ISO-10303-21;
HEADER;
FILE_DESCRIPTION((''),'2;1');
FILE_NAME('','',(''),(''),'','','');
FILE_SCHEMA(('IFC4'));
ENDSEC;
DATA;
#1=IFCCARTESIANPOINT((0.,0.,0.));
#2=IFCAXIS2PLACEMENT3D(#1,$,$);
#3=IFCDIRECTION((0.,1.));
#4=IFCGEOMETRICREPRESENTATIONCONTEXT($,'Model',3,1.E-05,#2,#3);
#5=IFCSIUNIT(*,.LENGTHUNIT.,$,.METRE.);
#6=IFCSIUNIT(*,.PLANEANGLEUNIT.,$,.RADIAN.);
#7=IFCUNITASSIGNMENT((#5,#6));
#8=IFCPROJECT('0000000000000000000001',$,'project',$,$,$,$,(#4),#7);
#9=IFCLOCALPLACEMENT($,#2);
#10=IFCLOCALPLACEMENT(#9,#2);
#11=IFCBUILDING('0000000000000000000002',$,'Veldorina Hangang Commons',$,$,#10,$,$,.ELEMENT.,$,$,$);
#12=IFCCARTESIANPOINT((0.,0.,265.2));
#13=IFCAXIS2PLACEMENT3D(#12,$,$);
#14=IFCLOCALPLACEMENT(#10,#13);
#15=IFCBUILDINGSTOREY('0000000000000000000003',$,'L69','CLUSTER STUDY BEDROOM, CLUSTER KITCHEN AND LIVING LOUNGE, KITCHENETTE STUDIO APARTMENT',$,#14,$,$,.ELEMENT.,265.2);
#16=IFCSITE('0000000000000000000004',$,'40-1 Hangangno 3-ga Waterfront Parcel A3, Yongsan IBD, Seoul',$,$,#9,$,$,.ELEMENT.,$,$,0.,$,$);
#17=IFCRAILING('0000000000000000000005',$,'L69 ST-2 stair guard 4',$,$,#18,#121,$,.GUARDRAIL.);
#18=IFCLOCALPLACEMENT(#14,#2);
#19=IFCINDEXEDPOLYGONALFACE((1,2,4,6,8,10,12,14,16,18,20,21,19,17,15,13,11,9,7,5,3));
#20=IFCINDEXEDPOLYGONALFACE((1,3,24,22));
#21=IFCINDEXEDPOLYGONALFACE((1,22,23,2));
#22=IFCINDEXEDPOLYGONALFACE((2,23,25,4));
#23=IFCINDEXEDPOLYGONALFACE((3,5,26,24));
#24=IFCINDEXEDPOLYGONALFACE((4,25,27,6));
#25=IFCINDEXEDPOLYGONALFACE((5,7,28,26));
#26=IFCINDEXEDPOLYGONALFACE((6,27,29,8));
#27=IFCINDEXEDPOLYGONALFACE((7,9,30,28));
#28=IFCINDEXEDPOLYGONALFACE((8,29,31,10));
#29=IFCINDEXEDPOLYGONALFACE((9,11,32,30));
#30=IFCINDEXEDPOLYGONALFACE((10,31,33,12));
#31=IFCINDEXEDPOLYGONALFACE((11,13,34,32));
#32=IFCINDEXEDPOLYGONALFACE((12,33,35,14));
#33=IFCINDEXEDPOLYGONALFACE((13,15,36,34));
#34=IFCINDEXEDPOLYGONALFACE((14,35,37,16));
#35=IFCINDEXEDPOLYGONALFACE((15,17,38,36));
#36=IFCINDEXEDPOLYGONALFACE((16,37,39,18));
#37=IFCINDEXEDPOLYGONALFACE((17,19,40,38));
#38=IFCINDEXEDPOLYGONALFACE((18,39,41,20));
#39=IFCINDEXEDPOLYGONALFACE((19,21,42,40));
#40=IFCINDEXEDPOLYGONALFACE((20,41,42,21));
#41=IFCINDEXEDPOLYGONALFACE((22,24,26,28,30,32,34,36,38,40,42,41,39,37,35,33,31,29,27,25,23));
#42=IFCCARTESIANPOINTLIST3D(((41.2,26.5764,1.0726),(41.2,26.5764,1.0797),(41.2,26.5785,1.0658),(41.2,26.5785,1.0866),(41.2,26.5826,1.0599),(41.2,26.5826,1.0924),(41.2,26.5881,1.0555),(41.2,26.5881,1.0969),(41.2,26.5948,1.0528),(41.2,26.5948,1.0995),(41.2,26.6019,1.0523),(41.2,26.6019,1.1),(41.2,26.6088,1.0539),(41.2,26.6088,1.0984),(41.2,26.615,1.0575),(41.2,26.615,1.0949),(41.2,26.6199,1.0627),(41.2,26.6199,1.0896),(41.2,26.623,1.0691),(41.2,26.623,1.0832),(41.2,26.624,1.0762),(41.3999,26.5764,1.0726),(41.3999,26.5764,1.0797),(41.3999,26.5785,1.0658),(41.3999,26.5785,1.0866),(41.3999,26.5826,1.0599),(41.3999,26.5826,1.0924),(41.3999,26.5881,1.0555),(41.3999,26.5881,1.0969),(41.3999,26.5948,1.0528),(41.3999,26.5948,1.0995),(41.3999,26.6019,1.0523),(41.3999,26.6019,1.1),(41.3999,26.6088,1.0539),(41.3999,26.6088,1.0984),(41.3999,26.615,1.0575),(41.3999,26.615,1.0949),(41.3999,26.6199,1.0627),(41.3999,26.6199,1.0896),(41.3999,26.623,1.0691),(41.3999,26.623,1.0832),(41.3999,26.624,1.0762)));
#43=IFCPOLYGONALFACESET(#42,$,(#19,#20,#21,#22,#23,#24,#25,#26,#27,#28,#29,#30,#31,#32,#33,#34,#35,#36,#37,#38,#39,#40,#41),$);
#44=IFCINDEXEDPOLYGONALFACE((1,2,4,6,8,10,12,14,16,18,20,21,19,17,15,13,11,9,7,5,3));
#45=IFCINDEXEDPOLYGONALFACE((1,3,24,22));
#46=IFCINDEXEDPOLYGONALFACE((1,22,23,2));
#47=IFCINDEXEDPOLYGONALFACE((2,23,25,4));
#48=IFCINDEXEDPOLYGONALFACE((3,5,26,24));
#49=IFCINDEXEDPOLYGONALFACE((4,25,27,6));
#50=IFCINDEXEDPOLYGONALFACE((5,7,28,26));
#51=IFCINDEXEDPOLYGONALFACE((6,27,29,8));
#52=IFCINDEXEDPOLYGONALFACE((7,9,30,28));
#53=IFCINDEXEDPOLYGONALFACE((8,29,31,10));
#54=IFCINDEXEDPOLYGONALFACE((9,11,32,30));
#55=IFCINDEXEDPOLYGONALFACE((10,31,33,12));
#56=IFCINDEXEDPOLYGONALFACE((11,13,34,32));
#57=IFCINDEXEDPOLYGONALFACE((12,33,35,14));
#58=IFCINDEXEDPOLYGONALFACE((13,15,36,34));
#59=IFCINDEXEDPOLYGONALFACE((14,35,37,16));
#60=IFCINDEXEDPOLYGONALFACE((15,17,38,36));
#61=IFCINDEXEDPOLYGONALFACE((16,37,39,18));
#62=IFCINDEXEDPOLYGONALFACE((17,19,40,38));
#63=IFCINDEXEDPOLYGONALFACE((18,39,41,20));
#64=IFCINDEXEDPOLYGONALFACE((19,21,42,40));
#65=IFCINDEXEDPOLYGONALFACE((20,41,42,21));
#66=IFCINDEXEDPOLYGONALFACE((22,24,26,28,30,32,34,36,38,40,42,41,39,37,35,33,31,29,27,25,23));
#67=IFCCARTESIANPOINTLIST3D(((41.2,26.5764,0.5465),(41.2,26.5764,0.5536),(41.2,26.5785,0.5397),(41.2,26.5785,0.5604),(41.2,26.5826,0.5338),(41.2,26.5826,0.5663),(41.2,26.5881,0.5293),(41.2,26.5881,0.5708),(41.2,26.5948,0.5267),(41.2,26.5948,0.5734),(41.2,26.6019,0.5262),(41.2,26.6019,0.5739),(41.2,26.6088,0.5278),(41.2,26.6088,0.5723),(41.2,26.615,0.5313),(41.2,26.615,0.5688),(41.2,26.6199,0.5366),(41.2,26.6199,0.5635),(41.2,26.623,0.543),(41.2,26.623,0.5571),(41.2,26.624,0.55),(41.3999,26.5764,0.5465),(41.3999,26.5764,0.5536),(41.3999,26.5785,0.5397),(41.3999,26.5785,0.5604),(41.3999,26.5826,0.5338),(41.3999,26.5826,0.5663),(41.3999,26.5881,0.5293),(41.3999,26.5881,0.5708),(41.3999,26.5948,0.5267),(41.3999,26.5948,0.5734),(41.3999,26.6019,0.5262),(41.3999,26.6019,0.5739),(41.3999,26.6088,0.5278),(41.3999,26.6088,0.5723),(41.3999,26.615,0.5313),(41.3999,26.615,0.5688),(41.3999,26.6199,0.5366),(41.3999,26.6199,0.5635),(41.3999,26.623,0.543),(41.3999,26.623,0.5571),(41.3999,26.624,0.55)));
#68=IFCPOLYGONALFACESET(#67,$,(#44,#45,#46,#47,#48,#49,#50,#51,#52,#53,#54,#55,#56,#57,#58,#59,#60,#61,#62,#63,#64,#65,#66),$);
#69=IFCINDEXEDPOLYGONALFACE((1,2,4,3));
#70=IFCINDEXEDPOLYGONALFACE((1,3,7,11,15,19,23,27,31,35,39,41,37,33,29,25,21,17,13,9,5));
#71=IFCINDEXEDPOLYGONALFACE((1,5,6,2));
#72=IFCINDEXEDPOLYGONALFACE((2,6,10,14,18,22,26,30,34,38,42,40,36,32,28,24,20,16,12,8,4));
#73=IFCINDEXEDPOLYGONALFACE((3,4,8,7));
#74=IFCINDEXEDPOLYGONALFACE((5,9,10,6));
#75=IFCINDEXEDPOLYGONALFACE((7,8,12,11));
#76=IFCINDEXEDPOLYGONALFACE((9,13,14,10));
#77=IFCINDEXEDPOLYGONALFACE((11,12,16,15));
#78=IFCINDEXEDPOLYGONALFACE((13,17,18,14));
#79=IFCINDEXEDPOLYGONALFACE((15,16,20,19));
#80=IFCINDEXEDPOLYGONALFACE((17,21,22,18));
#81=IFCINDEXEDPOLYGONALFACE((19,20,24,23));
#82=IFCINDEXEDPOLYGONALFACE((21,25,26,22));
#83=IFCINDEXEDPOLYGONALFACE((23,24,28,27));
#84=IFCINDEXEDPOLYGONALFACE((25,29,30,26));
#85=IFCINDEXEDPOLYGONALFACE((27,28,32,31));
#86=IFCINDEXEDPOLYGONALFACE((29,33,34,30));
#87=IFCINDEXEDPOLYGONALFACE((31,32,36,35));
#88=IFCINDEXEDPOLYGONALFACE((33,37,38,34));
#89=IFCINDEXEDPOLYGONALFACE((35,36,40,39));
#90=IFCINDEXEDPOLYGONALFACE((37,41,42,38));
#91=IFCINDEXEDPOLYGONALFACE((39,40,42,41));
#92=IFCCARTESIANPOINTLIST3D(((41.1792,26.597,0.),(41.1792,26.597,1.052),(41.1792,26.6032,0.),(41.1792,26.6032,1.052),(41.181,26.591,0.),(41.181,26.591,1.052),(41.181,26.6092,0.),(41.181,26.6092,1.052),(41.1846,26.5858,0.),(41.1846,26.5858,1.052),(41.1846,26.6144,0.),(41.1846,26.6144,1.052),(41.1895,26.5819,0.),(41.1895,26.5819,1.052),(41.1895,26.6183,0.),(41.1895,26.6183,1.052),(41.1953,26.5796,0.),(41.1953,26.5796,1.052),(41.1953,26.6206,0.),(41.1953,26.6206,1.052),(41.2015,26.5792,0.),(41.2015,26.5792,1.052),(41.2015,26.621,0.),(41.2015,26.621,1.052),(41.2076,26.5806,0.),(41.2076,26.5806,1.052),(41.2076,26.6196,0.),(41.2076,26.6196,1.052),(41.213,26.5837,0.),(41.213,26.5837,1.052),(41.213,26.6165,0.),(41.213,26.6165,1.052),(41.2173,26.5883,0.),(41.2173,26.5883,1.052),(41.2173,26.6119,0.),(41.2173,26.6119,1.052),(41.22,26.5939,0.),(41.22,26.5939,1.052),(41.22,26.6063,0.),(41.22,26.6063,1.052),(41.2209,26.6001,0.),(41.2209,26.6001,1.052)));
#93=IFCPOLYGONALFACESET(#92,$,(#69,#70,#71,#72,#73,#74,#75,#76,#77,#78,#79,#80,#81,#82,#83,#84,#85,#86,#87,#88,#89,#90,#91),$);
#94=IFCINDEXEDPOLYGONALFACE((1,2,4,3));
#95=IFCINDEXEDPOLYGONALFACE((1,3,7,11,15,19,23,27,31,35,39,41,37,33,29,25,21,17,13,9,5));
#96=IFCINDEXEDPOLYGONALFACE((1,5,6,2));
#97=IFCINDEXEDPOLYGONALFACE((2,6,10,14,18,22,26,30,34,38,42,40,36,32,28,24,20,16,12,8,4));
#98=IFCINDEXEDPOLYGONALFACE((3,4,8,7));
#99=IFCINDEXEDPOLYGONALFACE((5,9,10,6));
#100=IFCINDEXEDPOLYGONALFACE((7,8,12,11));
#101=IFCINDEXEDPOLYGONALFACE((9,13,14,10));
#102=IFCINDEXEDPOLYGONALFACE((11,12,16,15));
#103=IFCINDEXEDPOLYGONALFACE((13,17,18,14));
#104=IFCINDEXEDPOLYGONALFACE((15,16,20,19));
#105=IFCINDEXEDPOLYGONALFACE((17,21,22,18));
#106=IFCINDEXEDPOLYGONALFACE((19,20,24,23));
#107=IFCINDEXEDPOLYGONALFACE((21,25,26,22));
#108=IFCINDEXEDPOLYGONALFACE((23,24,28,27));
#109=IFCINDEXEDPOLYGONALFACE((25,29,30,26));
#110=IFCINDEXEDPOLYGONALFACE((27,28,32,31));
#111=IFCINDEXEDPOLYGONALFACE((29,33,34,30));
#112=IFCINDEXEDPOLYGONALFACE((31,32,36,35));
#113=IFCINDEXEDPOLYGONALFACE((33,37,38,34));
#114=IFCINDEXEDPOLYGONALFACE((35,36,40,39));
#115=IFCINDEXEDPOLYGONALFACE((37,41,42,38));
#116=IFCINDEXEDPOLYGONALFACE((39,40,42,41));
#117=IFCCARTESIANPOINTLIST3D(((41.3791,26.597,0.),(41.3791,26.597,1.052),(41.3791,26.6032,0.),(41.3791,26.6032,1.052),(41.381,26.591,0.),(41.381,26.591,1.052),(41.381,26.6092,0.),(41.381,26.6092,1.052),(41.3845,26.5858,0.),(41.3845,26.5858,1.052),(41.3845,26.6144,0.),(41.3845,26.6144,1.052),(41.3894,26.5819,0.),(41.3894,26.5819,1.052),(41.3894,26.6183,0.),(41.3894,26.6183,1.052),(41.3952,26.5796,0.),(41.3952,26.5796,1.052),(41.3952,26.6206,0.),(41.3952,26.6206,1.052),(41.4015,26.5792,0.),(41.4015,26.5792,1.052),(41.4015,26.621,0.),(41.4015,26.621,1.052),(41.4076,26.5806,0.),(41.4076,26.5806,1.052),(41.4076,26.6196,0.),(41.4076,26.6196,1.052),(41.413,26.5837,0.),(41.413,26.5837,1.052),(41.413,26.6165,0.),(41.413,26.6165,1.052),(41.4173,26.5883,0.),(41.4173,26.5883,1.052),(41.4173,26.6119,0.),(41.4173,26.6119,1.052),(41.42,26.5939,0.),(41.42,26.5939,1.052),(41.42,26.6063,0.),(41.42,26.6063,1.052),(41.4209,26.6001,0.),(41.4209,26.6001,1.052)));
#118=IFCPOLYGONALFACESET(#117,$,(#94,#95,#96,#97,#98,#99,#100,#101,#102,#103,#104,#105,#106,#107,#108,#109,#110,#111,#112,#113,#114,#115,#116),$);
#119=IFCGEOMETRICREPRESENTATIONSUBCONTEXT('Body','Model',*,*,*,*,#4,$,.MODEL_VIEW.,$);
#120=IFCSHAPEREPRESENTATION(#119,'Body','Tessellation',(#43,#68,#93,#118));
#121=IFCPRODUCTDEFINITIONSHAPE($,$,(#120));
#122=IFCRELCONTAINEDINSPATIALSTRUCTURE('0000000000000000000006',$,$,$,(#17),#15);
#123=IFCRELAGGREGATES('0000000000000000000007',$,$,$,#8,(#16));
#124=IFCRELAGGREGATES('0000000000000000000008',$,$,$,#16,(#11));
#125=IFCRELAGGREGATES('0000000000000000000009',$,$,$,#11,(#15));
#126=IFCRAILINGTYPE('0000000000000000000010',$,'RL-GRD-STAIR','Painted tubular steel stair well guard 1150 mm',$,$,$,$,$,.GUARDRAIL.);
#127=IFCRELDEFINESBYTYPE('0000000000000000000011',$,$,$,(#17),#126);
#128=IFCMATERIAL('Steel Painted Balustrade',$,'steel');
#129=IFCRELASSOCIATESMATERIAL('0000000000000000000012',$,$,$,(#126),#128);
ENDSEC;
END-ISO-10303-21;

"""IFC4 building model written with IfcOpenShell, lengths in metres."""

from ifc_helpers import new_model, si_unit, direction, frame, origin, origin_2d, place, context, subcontext, project, spatial, circle, extrude, material, type_object, element, save


model = new_model("IFC4")

# Units and contexts
model_context = context("Model", 3, precision=1e-05, world=origin(), true_north=direction((0.0, 1.0)))
body_context = subcontext(model_context, "Body", "Model", "MODEL_VIEW")
ifc_project = project(units=[si_unit("LENGTHUNIT", "METRE"), si_unit("PLANEANGLEUNIT", "RADIAN")], contexts=[model_context])

# Site, building, storey
site_placement = place(None, origin())
site = spatial("IfcSite", under=ifc_project, at=site_placement, Name="40-1 Hangangno 3-ga Waterfront Parcel A3, Yongsan IBD, Seoul", CompositionType="ELEMENT", RefElevation=0.0)
building_placement = place(site_placement, origin())
building = spatial("IfcBuilding", under=site, at=building_placement, Name="Veldorina Hangang Commons", CompositionType="ELEMENT")
storey_placement = place(building_placement, frame((0.0, 0.0, 265.2)))
storey = spatial("IfcBuildingStorey", under=building, at=storey_placement, Name="L69", Description="CLUSTER STUDY BEDROOM, CLUSTER KITCHEN AND LIVING LOUNGE, KITCHENETTE STUDIO APARTMENT", CompositionType="ELEMENT", Elevation=265.2)

# Railing
ifc_material_1 = material(Name="Steel Painted Balustrade", Category="steel")
railing_type_1 = type_object("IfcRailingType", Name="RL-GRD-STAIR", Description="Painted tubular steel stair well guard 1150 mm", PredefinedType="GUARDRAIL", material=ifc_material_1)
railing_1_placement = place(storey_placement, frame((41.2, 26.6001, 0.0)))
element("IfcRailing", 1, at=railing_1_placement, inside=storey, type_object=railing_type_1, Name="L69 ST-2 stair guard 4", PredefinedType="GUARDRAIL", context=body_context, shape_type="SweptSolid", body=[
    extrude(circle(Radius=0.0239, at=origin_2d()), frame((0.0, 0.0, 1.0762), z_axis=(1.0, 0.0, 0.0), x_axis=(0.0, 1.0, 0.0)), (0.0, 0.0, 1.0), 0.2),
    extrude(circle(Radius=0.0239, at=origin_2d()), frame((0.0, 0.0, 0.55), z_axis=(1.0, 0.0, 0.0), x_axis=(0.0, 1.0, 0.0)), (0.0, 0.0, 1.0), 0.2),
    extrude(circle(Radius=0.021, at=origin_2d()), origin(), (0.0, 0.0, 1.0), 1.052),
    extrude(circle(Radius=0.021, at=origin_2d()), frame((0.2, 0.0, 0.0)), (0.0, 0.0, 1.0), 1.052),
])

save(model, "model.ifc")
